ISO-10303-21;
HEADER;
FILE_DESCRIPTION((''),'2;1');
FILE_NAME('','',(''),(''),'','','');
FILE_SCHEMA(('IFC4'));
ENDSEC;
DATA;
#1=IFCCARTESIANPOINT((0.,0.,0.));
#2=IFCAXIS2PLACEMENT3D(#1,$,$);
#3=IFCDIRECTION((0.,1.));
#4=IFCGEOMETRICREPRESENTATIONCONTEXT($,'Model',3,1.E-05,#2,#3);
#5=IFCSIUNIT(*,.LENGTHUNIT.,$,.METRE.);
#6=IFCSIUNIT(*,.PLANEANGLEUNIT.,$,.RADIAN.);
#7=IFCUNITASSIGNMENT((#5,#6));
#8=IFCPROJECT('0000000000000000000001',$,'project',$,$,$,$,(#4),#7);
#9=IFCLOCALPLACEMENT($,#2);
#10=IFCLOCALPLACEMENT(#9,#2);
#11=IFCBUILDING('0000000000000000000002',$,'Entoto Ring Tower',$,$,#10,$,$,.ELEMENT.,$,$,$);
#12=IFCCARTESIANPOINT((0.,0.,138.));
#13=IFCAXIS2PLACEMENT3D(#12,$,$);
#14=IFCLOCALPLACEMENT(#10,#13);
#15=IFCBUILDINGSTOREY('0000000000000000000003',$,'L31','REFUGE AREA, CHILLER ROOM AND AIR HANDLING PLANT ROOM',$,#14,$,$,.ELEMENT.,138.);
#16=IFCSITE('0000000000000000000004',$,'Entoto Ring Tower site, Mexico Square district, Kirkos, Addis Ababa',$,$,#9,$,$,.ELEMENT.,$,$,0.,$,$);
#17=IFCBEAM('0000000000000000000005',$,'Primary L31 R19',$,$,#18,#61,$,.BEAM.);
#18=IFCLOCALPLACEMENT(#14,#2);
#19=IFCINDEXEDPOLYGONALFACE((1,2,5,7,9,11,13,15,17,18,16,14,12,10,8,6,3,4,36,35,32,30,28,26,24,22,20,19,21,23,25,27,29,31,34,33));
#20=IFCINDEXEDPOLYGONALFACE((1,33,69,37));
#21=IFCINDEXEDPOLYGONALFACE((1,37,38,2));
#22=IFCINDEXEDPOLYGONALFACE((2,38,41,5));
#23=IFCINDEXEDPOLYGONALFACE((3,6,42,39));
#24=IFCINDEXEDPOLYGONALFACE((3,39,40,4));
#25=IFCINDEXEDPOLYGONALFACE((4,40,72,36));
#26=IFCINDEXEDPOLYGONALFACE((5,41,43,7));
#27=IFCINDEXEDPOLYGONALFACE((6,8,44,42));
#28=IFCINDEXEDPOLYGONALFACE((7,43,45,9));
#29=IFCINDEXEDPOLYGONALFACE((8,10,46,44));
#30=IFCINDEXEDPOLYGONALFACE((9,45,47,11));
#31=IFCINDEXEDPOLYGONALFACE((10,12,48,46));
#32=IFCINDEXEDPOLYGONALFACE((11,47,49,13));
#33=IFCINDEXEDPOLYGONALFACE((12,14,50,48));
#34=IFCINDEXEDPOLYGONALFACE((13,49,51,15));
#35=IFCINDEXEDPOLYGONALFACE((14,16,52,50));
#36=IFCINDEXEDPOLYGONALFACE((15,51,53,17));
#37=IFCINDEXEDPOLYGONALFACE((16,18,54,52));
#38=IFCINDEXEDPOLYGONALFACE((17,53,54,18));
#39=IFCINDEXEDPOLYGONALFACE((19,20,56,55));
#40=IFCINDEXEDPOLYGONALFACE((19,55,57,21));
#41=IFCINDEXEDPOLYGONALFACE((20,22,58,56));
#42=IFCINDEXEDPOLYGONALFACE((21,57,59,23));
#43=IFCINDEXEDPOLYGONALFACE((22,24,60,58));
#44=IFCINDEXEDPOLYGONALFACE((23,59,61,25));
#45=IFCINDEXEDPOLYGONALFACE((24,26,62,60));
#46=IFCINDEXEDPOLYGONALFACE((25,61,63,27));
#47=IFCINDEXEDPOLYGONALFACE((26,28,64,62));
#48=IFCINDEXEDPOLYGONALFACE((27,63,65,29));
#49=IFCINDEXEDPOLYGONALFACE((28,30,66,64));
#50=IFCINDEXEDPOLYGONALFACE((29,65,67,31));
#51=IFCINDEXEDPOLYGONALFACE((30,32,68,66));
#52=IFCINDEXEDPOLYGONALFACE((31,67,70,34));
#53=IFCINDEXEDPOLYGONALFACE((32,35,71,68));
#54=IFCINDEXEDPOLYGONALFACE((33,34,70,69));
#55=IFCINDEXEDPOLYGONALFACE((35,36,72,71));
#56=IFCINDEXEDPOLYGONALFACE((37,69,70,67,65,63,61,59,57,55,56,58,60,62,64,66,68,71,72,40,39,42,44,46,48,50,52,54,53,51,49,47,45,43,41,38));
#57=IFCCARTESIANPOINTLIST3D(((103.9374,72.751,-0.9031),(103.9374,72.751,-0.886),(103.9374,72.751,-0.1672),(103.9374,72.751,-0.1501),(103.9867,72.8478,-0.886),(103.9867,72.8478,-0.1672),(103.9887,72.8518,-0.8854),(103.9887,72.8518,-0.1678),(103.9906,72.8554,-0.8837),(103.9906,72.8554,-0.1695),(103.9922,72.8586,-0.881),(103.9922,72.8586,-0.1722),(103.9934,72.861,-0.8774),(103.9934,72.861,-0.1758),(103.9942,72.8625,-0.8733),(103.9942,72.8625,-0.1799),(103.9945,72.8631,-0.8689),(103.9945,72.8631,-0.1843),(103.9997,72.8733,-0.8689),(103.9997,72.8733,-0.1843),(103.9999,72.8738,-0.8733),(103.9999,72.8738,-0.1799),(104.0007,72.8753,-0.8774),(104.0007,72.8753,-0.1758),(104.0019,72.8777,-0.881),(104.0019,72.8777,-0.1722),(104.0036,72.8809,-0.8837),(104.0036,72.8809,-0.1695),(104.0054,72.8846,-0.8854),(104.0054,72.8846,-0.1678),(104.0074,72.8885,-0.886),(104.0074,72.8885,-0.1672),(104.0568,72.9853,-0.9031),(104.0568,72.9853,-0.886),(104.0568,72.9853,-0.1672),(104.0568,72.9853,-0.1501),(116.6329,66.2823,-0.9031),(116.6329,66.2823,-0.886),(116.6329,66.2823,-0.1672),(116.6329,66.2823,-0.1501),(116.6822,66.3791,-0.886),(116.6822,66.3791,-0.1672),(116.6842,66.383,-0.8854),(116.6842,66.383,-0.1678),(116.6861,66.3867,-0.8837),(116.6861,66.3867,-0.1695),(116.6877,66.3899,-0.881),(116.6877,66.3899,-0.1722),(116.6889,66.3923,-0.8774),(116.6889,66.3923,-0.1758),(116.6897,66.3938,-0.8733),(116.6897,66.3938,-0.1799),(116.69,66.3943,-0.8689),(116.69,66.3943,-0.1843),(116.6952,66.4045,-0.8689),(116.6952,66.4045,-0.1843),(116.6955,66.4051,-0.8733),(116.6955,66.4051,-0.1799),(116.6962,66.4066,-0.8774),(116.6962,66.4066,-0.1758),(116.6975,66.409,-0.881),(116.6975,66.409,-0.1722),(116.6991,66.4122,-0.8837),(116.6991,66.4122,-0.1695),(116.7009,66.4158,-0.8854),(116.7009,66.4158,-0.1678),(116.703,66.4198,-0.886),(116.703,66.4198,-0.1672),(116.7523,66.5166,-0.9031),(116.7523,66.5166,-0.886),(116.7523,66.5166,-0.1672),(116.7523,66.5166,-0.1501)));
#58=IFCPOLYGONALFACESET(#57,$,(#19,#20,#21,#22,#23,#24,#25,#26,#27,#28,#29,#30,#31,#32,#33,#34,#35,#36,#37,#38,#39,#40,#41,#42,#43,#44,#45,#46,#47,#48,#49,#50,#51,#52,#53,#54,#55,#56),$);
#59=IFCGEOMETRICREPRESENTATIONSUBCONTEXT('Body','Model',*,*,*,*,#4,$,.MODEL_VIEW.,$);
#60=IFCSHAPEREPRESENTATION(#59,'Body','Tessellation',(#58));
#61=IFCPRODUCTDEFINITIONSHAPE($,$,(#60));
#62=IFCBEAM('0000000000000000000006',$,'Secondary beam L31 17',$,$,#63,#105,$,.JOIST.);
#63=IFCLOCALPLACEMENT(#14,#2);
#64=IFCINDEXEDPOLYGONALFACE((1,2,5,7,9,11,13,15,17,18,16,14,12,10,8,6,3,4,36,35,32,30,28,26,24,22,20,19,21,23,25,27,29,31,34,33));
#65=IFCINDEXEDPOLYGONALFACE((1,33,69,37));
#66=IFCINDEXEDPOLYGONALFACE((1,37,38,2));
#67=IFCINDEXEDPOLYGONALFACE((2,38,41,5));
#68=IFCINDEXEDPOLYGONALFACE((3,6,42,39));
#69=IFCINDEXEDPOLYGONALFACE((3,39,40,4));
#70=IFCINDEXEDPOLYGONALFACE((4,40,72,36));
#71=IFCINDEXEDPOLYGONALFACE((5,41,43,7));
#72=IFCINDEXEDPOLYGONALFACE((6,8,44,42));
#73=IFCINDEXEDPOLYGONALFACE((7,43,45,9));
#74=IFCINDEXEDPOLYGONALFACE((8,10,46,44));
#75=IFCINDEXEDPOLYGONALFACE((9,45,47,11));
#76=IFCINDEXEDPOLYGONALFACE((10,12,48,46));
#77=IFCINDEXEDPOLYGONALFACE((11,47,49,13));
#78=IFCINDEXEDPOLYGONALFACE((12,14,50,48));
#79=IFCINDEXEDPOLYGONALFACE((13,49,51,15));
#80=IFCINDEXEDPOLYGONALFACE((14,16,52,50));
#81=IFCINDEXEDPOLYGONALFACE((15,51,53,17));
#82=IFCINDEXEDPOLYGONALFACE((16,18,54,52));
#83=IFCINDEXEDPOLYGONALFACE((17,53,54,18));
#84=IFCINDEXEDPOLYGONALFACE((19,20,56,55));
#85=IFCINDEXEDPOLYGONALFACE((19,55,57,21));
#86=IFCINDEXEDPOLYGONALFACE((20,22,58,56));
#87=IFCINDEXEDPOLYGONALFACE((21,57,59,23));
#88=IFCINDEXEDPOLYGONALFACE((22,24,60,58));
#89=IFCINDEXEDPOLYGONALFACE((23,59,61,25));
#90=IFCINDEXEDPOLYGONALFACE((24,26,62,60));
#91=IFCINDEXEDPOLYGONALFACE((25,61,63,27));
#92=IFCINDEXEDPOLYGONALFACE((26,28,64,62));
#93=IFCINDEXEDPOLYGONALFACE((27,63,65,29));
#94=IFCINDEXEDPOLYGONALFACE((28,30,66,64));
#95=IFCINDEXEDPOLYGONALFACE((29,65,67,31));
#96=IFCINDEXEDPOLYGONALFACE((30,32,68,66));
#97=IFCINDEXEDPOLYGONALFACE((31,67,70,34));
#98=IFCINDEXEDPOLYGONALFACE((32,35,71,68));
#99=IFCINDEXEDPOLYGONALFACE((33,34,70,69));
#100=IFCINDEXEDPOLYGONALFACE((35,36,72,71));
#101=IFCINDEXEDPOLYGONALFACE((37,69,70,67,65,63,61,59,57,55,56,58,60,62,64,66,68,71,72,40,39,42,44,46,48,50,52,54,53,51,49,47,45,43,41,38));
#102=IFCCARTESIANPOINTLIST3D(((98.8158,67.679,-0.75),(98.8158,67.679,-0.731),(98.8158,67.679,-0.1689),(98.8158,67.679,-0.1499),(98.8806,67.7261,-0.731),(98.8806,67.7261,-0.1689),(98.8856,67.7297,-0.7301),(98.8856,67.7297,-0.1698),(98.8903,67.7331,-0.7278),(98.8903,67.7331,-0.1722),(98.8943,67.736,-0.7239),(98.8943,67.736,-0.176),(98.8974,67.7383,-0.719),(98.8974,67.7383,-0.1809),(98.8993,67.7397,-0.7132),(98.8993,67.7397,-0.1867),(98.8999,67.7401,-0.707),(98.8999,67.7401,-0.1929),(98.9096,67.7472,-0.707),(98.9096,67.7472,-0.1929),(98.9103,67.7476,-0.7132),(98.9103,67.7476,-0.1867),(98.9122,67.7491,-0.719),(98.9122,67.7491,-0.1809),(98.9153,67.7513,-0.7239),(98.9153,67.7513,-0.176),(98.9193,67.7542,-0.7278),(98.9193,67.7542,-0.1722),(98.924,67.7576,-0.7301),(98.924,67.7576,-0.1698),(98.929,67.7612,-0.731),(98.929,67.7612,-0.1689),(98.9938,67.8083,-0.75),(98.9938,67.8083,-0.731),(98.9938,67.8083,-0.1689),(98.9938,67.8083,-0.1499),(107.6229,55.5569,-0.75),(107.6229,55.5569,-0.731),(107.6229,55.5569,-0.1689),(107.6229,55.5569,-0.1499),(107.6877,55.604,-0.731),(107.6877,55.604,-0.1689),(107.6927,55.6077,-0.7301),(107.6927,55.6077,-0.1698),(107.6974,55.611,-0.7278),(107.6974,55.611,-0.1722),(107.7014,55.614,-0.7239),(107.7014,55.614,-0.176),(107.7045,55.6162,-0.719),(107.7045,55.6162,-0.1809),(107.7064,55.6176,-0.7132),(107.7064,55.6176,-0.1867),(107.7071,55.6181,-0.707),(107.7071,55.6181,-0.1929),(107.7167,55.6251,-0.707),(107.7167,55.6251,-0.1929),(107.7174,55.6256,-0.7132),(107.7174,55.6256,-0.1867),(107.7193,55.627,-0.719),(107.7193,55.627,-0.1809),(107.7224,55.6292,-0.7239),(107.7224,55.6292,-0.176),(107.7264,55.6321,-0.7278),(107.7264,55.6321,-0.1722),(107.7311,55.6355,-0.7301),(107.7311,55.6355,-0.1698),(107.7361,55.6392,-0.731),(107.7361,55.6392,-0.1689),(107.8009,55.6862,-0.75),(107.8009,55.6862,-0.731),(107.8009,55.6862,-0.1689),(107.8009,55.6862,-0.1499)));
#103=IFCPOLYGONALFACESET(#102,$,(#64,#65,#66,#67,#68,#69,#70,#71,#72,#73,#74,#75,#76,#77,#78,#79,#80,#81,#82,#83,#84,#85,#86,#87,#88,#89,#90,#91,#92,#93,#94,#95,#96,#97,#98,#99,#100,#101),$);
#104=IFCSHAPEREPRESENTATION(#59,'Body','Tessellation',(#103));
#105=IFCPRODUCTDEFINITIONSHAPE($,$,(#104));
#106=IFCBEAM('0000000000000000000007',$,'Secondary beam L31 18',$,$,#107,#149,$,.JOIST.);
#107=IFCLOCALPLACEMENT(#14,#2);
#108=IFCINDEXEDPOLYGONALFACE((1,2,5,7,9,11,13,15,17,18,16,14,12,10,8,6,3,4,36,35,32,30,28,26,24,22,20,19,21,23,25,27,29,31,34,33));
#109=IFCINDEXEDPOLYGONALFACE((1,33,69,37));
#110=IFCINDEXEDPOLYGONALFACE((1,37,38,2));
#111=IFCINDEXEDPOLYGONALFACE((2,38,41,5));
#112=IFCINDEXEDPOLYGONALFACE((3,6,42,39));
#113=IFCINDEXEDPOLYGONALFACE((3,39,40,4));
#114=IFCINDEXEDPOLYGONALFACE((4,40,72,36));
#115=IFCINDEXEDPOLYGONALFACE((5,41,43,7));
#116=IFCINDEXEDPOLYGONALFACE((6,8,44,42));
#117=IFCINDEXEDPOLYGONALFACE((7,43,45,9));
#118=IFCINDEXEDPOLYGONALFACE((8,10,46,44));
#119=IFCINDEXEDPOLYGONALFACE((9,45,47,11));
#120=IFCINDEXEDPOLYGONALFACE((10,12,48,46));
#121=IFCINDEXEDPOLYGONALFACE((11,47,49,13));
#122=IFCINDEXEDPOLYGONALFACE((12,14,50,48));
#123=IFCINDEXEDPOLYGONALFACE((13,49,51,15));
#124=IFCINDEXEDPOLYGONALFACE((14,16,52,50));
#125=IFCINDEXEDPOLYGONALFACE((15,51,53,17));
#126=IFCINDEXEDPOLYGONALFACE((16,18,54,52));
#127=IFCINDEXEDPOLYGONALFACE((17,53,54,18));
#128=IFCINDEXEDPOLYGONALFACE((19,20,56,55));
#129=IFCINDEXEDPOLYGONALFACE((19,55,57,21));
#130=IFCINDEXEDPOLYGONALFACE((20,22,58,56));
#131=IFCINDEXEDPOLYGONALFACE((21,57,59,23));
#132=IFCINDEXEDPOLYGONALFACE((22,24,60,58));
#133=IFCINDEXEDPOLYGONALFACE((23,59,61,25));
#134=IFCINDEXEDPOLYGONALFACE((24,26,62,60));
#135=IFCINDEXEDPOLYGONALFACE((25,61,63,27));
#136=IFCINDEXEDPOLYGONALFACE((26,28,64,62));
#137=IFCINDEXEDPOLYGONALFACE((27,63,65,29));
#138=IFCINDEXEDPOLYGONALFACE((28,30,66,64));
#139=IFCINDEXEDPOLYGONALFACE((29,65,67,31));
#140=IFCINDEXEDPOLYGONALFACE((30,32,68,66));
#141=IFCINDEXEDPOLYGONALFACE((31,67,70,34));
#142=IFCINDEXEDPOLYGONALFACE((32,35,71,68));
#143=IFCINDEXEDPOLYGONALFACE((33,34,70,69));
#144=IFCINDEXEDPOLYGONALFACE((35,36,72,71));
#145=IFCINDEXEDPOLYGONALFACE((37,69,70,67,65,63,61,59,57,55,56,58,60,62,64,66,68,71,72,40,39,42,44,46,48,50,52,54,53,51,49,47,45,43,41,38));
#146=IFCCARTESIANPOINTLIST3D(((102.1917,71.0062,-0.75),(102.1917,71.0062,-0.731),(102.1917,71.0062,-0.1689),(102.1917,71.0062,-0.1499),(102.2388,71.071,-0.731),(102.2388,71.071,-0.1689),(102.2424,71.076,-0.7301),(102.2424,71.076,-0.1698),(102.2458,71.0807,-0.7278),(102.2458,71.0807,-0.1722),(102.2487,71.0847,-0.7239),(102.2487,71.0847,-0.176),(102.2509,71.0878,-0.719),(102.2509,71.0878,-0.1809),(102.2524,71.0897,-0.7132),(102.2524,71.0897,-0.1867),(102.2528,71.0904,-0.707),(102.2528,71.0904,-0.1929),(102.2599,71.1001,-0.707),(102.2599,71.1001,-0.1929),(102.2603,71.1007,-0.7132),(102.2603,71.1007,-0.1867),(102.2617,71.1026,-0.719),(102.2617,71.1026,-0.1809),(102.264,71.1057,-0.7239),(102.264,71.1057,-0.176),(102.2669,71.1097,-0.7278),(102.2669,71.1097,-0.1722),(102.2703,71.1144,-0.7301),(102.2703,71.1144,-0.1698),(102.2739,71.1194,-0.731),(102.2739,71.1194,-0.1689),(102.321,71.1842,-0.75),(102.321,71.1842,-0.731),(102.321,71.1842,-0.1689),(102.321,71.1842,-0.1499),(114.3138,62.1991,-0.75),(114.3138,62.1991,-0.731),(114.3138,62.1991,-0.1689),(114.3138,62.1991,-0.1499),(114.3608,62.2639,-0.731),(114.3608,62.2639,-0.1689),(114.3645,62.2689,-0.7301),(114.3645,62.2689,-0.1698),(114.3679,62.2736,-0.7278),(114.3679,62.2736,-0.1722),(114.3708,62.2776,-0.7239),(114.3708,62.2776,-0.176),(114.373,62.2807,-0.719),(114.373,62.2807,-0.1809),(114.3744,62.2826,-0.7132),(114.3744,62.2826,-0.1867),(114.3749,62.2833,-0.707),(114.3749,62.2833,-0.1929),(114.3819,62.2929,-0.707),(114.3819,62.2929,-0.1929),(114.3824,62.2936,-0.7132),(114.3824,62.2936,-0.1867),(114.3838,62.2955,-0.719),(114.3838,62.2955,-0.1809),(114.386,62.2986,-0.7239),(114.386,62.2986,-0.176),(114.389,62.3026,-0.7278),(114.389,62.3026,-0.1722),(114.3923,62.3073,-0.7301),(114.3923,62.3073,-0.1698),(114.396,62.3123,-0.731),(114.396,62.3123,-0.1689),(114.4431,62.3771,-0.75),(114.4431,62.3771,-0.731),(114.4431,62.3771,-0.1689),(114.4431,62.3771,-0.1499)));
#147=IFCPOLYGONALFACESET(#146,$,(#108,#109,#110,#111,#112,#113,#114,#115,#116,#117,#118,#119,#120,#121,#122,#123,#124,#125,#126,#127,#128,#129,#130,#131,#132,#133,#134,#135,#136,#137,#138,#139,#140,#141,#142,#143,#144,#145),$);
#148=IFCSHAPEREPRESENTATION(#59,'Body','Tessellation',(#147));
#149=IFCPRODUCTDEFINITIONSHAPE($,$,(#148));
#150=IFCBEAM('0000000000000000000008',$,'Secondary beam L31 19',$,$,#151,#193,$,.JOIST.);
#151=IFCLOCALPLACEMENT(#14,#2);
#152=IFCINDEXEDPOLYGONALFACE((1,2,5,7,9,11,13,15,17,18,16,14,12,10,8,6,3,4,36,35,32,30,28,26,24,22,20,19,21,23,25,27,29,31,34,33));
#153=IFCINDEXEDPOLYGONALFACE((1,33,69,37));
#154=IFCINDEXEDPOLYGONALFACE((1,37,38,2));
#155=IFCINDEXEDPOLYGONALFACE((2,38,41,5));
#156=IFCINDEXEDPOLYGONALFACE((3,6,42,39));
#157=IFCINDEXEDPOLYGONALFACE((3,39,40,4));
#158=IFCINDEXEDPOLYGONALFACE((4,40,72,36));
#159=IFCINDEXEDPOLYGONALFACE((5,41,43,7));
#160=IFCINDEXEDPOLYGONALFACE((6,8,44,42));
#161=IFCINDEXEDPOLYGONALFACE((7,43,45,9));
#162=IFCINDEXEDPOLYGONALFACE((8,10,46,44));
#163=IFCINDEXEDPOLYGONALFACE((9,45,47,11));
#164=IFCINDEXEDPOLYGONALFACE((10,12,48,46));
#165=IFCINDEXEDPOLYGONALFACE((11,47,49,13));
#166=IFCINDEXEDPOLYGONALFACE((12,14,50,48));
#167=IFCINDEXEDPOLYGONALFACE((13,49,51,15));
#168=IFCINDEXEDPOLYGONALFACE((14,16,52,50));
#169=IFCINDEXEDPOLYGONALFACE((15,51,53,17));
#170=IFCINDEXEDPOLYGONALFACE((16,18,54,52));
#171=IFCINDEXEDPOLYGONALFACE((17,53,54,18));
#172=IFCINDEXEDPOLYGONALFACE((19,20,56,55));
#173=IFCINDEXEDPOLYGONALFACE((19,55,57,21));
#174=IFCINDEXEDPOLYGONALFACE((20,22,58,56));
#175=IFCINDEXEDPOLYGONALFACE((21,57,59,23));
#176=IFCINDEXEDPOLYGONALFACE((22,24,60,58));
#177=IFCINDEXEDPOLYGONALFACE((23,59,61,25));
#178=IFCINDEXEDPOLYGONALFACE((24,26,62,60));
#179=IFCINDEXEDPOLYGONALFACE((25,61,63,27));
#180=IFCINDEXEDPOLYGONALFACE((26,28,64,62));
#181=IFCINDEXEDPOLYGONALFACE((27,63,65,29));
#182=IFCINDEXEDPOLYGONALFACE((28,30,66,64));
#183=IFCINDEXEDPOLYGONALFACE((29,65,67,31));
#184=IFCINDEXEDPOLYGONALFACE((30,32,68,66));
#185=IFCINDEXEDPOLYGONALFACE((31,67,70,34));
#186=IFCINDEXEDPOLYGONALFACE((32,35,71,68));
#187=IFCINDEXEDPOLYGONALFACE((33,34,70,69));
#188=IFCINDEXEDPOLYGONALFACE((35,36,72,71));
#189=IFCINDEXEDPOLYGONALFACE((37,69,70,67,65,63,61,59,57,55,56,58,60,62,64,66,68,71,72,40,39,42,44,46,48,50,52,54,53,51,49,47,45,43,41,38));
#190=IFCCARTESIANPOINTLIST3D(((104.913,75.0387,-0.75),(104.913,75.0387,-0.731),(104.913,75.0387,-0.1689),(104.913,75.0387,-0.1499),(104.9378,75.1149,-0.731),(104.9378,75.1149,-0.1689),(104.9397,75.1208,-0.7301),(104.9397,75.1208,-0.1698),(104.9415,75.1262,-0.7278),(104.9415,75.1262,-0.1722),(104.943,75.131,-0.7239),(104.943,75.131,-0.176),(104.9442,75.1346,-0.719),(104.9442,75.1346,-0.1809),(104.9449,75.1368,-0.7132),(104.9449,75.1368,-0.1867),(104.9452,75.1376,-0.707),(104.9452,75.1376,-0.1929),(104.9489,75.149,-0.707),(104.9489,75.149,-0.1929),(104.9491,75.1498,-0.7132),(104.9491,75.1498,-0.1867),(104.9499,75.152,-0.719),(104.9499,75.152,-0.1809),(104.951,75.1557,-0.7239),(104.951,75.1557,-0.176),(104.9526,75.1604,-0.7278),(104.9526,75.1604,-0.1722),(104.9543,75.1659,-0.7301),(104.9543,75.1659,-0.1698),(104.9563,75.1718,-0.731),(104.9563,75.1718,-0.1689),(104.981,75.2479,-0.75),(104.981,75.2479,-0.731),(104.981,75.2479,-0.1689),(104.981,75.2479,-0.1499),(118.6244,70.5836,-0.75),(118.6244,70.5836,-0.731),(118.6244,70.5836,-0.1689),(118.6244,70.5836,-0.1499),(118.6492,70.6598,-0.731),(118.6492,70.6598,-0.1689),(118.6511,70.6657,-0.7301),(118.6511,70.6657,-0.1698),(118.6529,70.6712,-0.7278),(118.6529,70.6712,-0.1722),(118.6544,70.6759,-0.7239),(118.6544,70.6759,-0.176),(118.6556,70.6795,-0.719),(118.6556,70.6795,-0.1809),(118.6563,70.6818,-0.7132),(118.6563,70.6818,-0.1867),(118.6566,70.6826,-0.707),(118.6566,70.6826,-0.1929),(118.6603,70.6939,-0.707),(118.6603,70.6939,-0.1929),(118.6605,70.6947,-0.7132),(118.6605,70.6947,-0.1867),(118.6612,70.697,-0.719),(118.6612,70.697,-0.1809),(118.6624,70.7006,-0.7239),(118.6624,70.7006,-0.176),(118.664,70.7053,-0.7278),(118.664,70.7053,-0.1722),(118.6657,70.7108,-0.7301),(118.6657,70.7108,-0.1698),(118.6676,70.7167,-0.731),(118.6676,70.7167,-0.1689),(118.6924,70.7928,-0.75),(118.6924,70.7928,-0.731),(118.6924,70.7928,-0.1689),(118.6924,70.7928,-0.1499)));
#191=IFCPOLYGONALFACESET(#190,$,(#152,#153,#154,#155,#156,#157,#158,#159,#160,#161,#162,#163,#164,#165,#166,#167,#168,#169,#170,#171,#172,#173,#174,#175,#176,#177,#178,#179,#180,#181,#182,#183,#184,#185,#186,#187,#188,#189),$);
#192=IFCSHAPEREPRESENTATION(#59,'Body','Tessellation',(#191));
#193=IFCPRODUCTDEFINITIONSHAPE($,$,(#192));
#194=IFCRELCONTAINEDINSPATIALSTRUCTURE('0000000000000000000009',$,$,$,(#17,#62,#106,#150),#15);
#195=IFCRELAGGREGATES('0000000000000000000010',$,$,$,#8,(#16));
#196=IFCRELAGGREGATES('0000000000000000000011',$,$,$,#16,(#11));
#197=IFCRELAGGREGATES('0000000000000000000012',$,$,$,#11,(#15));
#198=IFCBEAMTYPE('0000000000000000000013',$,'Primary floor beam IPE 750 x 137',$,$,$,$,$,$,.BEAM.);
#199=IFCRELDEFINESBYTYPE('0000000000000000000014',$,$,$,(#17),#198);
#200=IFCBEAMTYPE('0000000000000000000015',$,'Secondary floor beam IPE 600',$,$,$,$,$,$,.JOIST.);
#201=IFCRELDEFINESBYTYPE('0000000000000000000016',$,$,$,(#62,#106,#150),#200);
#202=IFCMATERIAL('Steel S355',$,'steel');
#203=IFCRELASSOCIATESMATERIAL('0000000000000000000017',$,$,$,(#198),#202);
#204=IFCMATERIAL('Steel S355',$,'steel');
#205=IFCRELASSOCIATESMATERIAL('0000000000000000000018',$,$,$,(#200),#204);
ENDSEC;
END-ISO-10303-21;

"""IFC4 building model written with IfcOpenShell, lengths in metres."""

from ifc_helpers import new_model, si_unit, direction, frame, origin, origin_2d, place, context, subcontext, project, spatial, i_section, extrude, material, material_profile, profile_set, type_object, element, save


model = new_model("IFC4")

# Units and contexts
model_context = context("Model", 3, precision=1e-05, world=origin(), true_north=direction((0.0, 1.0)))
body_context = subcontext(model_context, "Body", "Model", "MODEL_VIEW")
ifc_project = project(units=[si_unit("LENGTHUNIT", "METRE"), si_unit("PLANEANGLEUNIT", "RADIAN")], contexts=[model_context])

# Site, building, storey
site_placement = place(None, origin())
site = spatial("IfcSite", under=ifc_project, at=site_placement, Name="Entoto Ring Tower site, Mexico Square district, Kirkos, Addis Ababa", CompositionType="ELEMENT", RefElevation=0.0)
building_placement = place(site_placement, origin())
building = spatial("IfcBuilding", under=site, at=building_placement, Name="Entoto Ring Tower", CompositionType="ELEMENT")
storey_placement = place(building_placement, frame((0.0, 0.0, 138.0)))
storey = spatial("IfcBuildingStorey", under=building, at=storey_placement, Name="L31", Description="REFUGE AREA, CHILLER ROOM AND AIR HANDLING PLANT ROOM", CompositionType="ELEMENT", Elevation=138.0)

# Beams
ifc_material_1 = material(Name="Steel S355", Category="steel")
ifc_material_profile_1 = material_profile(ifc_material_1, i_section(OverallWidth=0.2629, OverallDepth=0.7529, WebThickness=0.0115, FlangeThickness=0.0171, FilletRadius=0.0171, at=origin_2d()), Name="IPE 750 x 137")
ifc_profile_set_1 = profile_set([ifc_material_profile_1], Name="Steel S355")
beam_type_1 = type_object("IfcBeamType", Name="Primary floor beam IPE 750 x 137", PredefinedType="BEAM", material=ifc_profile_set_1)
beam_1_placement = place(storey_placement, frame((103.9971, 72.8682, -0.5266), z_axis=(0.891005, -0.453993, 0.0), x_axis=(0.453993, 0.891005, 0.0)))
element("IfcBeam", 1, at=beam_1_placement, inside=storey, type_object=beam_type_1, Name="Primary L31 R19", PredefinedType="BEAM", context=body_context, shape_type="SweptSolid", body=[
    extrude(i_section(OverallWidth=0.2629, OverallDepth=0.7529, WebThickness=0.0115, FlangeThickness=0.0171, FilletRadius=0.0171, at=origin_2d()), origin(), (0.0, 0.0, 1.0), 14.2485),
])
ifc_material_2 = material(Name="Steel S355", Category="steel")
ifc_material_profile_2 = material_profile(ifc_material_2, i_section(OverallWidth=0.22, OverallDepth=0.6001, WebThickness=0.012, FlangeThickness=0.019, FilletRadius=0.0239, at=origin_2d()), Name="IPE 600")
ifc_profile_set_2 = profile_set([ifc_material_profile_2], Name="Steel S355")
beam_type_2 = type_object("IfcBeamType", Name="Secondary floor beam IPE 600", PredefinedType="JOIST", material=ifc_profile_set_2)
for number, where, z_axis, x_axis, name in (
    (2, (98.9048, 67.7437, -0.45), (0.587782, -0.809019, 0.0), (0.809019, 0.587782, 0.0), "Secondary beam L31 17"),
    (3, (102.2563, 71.0952, -0.45), (0.809019, -0.587782, 0.0), (0.587782, 0.809019, 0.0), "Secondary beam L31 18"),
):
    element("IfcBeam", number, at=place(storey_placement, frame(where, z_axis=z_axis, x_axis=x_axis)), inside=storey, type_object=beam_type_2, Name=name, PredefinedType="JOIST", context=body_context, shape_type="SweptSolid", body=[
        extrude(i_section(OverallWidth=0.22, OverallDepth=0.6001, WebThickness=0.012, FlangeThickness=0.019, FilletRadius=0.0239, at=origin_2d()), origin(), (0.0, 0.0, 1.0), 14.9836),
    ])
beam_2_placement = place(storey_placement, frame((104.947, 75.1433, -0.45), z_axis=(0.951057, -0.309015, 0.0), x_axis=(0.309015, 0.951057, 0.0)))
element("IfcBeam", 4, at=beam_2_placement, inside=storey, type_object=beam_type_2, Name="Secondary beam L31 19", PredefinedType="JOIST", context=body_context, shape_type="SweptSolid", body=[
    extrude(i_section(OverallWidth=0.22, OverallDepth=0.6001, WebThickness=0.012, FlangeThickness=0.019, FilletRadius=0.0239, at=origin_2d()), origin(), (0.0, 0.0, 1.0), 14.417),
])

save(model, "model.ifc")
